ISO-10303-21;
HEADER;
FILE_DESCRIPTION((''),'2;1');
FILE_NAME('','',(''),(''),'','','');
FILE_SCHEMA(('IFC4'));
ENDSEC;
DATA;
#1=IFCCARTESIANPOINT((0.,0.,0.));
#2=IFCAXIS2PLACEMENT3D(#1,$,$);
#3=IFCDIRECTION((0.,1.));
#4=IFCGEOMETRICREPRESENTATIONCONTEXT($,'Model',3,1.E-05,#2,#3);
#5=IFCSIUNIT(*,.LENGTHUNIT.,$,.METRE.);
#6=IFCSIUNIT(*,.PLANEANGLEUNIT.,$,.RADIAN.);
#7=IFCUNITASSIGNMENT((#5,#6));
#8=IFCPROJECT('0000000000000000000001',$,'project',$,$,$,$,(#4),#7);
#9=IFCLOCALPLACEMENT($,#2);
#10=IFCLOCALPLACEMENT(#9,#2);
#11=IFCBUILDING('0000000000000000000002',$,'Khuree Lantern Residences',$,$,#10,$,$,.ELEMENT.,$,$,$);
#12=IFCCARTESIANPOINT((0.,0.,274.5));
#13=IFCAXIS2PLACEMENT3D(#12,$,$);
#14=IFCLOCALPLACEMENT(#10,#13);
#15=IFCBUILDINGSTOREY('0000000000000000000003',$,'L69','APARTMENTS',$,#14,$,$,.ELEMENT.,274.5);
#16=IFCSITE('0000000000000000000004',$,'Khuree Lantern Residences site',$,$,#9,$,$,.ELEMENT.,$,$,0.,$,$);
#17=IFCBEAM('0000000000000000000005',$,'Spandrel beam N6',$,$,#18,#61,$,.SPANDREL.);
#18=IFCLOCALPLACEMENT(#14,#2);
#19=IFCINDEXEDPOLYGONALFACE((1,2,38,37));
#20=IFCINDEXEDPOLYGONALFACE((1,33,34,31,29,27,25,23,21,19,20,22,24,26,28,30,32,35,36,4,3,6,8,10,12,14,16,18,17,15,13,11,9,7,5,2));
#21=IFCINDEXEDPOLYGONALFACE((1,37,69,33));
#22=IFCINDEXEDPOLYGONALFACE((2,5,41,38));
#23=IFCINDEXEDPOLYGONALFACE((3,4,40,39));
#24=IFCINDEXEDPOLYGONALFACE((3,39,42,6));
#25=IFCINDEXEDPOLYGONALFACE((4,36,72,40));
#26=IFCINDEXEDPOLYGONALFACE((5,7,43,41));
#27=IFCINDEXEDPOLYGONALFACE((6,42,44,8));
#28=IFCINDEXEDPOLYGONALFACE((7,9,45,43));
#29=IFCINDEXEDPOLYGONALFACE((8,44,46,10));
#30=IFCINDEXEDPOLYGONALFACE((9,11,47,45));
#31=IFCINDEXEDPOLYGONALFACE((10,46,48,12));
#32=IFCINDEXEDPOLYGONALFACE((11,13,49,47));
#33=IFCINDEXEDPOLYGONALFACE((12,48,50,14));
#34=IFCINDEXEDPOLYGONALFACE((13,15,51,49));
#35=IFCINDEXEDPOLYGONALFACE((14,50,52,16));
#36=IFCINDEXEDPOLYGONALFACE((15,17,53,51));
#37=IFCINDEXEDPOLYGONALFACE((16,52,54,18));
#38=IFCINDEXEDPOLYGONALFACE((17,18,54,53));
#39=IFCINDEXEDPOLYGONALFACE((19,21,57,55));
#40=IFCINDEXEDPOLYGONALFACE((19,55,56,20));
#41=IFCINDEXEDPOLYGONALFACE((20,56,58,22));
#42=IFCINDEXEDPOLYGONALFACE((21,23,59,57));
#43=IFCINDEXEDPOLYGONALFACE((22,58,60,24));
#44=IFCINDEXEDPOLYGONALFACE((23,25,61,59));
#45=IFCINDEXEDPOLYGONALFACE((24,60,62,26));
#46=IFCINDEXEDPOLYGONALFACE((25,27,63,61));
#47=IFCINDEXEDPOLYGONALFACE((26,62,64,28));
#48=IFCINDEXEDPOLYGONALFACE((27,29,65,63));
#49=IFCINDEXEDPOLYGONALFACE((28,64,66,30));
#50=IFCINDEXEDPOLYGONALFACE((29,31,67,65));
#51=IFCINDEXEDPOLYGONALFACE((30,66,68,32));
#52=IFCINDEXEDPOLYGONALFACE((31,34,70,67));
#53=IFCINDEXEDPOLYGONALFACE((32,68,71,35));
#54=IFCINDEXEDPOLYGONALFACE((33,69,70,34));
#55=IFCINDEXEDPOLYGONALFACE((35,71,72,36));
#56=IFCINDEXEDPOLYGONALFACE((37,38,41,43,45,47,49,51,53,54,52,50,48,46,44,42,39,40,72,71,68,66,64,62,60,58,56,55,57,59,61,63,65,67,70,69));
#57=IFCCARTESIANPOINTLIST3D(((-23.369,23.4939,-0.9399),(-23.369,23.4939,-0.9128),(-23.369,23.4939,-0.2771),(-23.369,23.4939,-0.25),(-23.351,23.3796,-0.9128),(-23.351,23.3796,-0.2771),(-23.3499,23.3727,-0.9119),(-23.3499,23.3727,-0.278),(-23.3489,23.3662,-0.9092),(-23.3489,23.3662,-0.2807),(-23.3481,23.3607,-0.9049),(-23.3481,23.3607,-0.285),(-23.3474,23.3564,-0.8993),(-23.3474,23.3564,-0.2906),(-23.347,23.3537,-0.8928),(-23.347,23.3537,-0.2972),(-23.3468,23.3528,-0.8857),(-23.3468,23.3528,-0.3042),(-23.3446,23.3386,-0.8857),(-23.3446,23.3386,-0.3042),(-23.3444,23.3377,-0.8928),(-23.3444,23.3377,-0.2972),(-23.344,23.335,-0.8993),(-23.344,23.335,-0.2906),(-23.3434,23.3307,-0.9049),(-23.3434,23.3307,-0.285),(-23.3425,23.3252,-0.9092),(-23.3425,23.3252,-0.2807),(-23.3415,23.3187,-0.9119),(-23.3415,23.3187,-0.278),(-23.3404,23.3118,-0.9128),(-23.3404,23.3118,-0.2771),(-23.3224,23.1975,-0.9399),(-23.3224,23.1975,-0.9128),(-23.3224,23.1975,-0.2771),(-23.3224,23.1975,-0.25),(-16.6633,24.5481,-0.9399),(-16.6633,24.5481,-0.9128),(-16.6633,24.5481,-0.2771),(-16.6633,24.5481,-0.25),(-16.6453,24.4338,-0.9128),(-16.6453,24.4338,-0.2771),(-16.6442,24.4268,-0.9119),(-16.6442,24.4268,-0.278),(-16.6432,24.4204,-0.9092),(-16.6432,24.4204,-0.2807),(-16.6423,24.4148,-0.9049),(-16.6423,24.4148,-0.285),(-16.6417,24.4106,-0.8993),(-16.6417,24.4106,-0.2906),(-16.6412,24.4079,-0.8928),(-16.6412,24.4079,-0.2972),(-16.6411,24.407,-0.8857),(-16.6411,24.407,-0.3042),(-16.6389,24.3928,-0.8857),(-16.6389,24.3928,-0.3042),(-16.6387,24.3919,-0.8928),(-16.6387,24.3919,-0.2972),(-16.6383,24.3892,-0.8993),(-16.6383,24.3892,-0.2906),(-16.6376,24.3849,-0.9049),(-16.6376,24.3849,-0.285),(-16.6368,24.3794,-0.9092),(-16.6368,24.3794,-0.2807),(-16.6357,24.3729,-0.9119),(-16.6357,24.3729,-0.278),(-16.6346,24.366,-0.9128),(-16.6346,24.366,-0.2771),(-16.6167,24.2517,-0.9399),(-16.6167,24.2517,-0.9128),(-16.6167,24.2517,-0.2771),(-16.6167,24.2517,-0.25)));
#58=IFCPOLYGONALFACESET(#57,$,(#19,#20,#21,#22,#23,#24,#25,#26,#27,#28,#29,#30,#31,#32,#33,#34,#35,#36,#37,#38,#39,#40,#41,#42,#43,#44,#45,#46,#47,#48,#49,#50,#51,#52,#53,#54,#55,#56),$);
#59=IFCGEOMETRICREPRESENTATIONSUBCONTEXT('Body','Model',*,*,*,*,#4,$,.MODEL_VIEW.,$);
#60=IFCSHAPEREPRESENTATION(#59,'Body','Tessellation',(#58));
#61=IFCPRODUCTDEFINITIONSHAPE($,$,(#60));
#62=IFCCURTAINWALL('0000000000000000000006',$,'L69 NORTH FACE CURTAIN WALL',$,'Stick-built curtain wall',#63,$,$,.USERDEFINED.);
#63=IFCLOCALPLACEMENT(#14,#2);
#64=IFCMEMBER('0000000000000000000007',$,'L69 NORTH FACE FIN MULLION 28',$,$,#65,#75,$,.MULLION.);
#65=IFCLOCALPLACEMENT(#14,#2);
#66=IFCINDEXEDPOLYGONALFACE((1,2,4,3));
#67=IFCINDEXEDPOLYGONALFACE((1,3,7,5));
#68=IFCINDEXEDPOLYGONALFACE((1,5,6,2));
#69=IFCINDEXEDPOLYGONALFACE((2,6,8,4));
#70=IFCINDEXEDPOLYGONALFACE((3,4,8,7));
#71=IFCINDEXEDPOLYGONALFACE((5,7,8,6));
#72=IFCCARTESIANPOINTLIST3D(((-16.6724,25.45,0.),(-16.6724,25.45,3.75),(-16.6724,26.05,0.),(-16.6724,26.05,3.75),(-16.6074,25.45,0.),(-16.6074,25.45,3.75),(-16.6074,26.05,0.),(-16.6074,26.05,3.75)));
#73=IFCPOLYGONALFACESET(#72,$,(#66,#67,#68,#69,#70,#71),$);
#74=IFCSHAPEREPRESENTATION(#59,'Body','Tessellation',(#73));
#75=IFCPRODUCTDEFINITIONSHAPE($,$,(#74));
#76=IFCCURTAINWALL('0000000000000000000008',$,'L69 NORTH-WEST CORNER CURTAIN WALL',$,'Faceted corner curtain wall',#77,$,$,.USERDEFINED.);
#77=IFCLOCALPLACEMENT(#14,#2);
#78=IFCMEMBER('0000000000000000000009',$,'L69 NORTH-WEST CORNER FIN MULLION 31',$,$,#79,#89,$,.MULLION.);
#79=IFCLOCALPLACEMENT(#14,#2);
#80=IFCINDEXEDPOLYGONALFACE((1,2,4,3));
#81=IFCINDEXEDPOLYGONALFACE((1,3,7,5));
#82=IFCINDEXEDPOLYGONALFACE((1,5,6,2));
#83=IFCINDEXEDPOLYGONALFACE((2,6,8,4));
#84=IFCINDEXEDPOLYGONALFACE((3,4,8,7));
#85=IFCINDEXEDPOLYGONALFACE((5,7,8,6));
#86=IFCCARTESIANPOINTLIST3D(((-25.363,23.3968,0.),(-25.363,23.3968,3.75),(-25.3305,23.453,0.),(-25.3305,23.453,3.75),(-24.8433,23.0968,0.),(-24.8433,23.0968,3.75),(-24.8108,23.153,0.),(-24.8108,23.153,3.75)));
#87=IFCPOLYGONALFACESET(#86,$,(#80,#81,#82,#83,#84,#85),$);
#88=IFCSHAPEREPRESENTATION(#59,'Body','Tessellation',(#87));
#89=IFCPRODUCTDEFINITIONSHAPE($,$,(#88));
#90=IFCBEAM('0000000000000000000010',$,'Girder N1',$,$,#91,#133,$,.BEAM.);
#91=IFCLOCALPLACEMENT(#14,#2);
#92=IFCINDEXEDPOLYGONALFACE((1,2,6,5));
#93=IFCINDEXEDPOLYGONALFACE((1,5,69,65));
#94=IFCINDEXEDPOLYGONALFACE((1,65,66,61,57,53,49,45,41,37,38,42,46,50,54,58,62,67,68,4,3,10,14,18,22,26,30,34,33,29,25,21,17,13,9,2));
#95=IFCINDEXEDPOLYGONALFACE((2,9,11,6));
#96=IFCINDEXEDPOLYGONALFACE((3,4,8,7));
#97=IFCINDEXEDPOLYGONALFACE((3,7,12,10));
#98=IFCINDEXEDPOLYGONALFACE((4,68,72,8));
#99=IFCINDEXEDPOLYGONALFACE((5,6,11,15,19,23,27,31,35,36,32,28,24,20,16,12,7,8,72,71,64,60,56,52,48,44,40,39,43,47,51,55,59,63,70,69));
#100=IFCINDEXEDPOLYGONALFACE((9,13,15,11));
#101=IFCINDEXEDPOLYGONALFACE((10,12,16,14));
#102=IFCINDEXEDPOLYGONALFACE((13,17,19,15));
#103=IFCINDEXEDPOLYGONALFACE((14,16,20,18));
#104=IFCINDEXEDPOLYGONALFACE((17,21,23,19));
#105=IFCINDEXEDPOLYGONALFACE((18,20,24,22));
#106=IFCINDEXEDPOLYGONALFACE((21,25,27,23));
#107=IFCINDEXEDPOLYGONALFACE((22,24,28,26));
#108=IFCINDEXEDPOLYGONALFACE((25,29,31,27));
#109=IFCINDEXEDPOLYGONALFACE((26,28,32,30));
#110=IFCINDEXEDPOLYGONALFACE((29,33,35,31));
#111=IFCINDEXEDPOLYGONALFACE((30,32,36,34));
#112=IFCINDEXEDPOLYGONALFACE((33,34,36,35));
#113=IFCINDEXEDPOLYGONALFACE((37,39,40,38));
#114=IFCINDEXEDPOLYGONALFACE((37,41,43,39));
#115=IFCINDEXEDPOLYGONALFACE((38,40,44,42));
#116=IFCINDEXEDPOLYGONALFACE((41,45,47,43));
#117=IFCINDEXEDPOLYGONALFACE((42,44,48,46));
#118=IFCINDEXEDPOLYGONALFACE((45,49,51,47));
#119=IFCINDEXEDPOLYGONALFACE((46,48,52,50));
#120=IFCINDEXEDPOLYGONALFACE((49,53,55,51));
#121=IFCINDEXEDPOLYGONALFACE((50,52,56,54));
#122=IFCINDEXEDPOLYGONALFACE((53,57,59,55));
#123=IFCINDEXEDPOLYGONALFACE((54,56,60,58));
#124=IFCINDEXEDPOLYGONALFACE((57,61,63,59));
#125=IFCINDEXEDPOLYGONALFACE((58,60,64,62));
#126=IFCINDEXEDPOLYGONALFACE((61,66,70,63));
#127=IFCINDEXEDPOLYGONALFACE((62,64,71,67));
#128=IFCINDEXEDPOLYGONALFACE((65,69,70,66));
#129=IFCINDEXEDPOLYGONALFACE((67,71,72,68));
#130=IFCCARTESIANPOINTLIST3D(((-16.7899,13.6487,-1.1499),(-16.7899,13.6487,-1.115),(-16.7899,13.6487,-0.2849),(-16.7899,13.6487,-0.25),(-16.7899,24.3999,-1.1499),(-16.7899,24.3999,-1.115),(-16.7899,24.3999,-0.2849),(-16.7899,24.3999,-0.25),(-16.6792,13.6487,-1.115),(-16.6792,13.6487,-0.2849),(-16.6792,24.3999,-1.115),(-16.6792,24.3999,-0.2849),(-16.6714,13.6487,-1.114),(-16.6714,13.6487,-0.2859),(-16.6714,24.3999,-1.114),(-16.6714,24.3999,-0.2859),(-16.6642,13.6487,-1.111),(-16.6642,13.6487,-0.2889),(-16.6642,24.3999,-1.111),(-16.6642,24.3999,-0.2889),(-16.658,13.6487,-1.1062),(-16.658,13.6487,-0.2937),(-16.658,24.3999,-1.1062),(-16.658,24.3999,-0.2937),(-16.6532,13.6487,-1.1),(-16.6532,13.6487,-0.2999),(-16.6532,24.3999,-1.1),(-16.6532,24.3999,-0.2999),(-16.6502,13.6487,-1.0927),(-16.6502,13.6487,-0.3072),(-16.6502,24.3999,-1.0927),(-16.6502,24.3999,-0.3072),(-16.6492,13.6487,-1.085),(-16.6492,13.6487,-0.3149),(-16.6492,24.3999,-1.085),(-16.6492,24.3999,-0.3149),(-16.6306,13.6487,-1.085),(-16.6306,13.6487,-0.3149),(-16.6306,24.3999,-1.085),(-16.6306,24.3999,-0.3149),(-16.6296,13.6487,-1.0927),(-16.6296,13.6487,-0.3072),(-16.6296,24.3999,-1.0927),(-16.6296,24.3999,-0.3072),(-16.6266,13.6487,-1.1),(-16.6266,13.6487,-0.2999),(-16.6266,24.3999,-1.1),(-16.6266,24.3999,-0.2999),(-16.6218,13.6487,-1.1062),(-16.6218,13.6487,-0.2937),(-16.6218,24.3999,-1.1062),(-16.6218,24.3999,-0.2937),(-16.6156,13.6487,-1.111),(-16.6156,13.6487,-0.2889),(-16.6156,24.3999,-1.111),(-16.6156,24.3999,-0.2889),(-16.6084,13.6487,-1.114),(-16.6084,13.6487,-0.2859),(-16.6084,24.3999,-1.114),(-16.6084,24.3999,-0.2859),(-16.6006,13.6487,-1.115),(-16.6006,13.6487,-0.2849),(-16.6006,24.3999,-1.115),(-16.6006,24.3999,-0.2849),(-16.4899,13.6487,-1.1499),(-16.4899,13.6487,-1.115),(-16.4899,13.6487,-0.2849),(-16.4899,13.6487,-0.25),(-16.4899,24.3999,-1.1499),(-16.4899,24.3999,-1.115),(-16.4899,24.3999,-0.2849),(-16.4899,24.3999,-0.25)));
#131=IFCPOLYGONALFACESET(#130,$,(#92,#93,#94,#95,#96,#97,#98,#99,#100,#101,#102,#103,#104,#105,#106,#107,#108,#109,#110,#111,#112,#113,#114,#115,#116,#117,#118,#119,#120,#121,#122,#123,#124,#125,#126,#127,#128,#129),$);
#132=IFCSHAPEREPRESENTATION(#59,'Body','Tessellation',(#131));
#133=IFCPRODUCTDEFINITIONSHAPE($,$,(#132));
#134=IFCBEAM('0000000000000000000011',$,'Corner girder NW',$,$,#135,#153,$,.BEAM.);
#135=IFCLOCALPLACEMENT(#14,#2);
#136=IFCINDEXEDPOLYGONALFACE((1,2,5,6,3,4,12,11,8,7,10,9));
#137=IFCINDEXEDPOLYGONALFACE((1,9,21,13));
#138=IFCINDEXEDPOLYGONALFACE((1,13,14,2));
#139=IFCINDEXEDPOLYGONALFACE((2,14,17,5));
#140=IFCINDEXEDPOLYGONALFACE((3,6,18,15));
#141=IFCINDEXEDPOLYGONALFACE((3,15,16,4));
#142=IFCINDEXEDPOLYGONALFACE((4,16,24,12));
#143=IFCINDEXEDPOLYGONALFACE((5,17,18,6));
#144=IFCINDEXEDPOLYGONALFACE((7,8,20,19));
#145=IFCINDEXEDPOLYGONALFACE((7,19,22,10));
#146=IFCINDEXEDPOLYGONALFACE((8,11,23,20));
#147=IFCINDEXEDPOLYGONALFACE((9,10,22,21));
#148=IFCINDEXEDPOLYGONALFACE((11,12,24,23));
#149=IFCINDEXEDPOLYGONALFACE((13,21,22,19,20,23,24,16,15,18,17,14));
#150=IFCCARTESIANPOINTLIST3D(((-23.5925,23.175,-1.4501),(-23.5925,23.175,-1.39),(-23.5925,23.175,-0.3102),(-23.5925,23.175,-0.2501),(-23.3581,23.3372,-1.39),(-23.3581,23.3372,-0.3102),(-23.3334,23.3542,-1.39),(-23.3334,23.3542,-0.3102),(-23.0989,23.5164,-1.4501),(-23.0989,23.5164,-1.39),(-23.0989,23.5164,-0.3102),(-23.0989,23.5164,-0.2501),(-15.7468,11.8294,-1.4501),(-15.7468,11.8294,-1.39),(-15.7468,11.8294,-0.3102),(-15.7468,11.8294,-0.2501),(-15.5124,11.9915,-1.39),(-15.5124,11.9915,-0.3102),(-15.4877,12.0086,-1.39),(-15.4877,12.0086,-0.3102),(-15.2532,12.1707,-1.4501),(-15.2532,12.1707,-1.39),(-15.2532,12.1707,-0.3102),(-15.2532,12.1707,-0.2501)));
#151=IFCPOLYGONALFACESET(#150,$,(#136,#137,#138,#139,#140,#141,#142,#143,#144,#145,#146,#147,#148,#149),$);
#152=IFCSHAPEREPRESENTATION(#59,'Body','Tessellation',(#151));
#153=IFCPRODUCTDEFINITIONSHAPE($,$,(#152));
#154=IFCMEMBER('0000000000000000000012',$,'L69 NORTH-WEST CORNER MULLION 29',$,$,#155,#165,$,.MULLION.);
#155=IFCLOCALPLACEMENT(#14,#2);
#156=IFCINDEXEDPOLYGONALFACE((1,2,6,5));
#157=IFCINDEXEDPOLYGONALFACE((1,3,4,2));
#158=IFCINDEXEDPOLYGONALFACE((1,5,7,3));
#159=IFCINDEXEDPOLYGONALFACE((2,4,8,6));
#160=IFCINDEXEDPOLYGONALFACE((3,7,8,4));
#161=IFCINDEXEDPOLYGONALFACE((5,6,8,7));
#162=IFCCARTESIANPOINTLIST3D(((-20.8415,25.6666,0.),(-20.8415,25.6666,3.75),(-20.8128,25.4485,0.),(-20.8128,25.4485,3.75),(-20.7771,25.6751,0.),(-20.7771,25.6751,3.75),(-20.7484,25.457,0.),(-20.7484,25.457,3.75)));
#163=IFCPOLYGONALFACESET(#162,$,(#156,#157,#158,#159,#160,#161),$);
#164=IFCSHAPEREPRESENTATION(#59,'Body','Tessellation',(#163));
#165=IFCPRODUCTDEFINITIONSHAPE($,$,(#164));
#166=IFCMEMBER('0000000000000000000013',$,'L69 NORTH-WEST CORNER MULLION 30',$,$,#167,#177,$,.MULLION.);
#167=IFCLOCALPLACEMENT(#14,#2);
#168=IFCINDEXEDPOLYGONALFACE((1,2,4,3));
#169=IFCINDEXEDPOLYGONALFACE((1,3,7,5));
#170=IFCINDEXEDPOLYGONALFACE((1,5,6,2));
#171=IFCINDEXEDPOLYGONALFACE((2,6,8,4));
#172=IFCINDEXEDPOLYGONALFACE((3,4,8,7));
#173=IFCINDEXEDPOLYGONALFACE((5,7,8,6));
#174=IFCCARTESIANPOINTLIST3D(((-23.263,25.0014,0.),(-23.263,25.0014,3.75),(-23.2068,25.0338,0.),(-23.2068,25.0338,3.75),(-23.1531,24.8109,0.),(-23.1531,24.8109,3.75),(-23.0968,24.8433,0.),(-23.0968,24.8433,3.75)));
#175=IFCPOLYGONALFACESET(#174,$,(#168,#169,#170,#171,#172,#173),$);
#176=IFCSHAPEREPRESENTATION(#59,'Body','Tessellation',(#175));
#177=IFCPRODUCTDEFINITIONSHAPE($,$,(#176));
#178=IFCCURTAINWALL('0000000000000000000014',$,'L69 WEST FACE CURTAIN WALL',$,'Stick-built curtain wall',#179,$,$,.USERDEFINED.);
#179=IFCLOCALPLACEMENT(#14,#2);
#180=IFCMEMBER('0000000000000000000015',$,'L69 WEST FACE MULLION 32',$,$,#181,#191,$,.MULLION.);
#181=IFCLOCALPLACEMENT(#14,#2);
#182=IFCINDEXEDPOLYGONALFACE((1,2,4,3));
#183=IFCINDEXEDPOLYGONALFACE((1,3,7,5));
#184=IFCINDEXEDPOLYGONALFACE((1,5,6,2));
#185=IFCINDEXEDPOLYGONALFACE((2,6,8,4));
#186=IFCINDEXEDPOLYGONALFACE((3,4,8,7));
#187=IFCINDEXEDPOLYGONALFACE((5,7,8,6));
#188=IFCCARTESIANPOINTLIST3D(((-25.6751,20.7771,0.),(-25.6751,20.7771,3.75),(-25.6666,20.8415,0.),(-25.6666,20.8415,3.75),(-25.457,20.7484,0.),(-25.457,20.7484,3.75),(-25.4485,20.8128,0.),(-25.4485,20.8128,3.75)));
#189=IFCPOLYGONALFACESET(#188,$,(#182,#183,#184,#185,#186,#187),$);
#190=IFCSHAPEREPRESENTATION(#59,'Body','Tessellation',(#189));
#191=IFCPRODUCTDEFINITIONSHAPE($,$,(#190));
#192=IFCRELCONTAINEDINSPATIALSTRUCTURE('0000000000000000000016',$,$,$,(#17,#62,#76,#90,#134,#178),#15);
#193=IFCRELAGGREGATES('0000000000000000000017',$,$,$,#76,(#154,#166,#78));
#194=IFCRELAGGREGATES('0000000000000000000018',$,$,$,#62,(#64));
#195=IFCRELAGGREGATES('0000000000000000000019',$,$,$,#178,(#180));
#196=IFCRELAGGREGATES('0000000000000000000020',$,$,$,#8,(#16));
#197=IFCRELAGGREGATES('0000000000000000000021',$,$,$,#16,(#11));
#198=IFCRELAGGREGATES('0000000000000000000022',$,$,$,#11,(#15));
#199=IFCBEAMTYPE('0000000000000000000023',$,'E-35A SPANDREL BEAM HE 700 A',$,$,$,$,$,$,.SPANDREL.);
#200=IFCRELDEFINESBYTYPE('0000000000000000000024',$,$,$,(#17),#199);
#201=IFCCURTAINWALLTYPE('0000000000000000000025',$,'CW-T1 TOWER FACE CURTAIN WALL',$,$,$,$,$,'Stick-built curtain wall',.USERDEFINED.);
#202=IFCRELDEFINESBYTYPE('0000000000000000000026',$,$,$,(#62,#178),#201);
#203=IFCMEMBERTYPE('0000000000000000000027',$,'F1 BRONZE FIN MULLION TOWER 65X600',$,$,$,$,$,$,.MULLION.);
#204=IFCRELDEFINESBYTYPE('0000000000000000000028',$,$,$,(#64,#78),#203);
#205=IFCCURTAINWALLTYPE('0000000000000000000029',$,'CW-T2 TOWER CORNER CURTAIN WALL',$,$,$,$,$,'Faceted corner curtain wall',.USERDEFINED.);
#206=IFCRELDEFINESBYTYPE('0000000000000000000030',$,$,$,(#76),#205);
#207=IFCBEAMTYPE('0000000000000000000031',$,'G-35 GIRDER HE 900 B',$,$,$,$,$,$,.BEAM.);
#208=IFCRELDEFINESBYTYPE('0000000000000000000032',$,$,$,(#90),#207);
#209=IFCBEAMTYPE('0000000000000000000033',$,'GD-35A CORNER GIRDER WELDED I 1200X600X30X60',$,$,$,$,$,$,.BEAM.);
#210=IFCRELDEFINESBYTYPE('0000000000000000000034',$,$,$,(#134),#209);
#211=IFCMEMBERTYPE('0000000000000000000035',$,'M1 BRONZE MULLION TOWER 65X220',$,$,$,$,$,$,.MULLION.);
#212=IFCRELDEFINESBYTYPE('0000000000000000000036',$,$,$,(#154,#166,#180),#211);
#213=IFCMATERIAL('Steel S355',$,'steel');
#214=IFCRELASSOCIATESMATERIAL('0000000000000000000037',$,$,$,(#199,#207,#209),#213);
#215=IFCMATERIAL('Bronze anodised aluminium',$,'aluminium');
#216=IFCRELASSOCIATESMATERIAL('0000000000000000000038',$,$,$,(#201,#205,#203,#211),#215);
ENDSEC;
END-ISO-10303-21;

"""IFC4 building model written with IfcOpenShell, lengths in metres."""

from ifc_helpers import new_model, si_unit, direction, frame, origin, origin_2d, place, context, subcontext, project, spatial, rectangle, i_section, extrude, material, material_profile, profile_set, type_object, element, aggregate, save


model = new_model("IFC4")

# Units and contexts
model_context = context("Model", 3, precision=1e-05, world=origin(), true_north=direction((0.0, 1.0)))
body_context = subcontext(model_context, "Body", "Model", "MODEL_VIEW")
ifc_project = project(units=[si_unit("LENGTHUNIT", "METRE"), si_unit("PLANEANGLEUNIT", "RADIAN")], contexts=[model_context])

# Site, building, storey
site_placement = place(None, origin())
site = spatial("IfcSite", under=ifc_project, at=site_placement, Name="Khuree Lantern Residences site", CompositionType="ELEMENT", RefElevation=0.0)
building_placement = place(site_placement, origin())
building = spatial("IfcBuilding", under=site, at=building_placement, Name="Khuree Lantern Residences", CompositionType="ELEMENT")
storey_placement = place(building_placement, frame((0.0, 0.0, 274.5)))
storey = spatial("IfcBuildingStorey", under=building, at=storey_placement, Name="L69", Description="APARTMENTS", CompositionType="ELEMENT", Elevation=274.5)

# Beam
ifc_material_1 = material(Name="Steel S355", Category="steel")
ifc_material_profile_1 = material_profile(ifc_material_1, i_section(OverallWidth=0.3, OverallDepth=0.6899, WebThickness=0.0144, FlangeThickness=0.0271, FilletRadius=0.0271, at=origin_2d()), Name="HE 700 A")
ifc_profile_set_1 = profile_set([ifc_material_profile_1], Name="Steel S355")
beam_type_1 = type_object("IfcBeamType", Name="E-35A SPANDREL BEAM HE 700 A", PredefinedType="SPANDREL", material=ifc_profile_set_1)
beam_1_placement = place(storey_placement, frame((-23.3457, 23.3457, -0.595), z_axis=(0.987867, 0.1553, 0.0), x_axis=(-0.1553, 0.987867, 0.0)))
element("IfcBeam", 1, at=beam_1_placement, inside=storey, type_object=beam_type_1, Name="Spandrel beam N6", PredefinedType="SPANDREL", context=body_context, shape_type="SweptSolid", body=[
    extrude(i_section(OverallWidth=0.3, OverallDepth=0.6899, WebThickness=0.0144, FlangeThickness=0.0271, FilletRadius=0.0271, at=origin_2d()), origin(), (0.0, 0.0, 1.0), 6.7881),
])

# Curtain walls, members
ifc_material_2 = material(Name="Bronze anodised aluminium", Category="aluminium")
curtain_wall_type_1 = type_object("IfcCurtainWallType", Name="CW-T1 TOWER FACE CURTAIN WALL", ElementType="Stick-built curtain wall", PredefinedType="USERDEFINED", material=ifc_material_2)
curtain_wall_1_placement = place(storey_placement, origin())
curtain_wall_1 = element("IfcCurtainWall", 2, at=curtain_wall_1_placement, inside=storey, type_object=curtain_wall_type_1, Name="L69 NORTH FACE CURTAIN WALL", ObjectType="Stick-built curtain wall", PredefinedType="USERDEFINED")
ifc_material_profile_2 = material_profile(ifc_material_2, rectangle(XDim=0.0649, YDim=0.6001, at=origin_2d()), Name="F1 65X600")
ifc_profile_set_2 = profile_set([ifc_material_profile_2], Name="Bronze anodised aluminium")
member_type_1 = type_object("IfcMemberType", Name="F1 BRONZE FIN MULLION TOWER 65X600", PredefinedType="MULLION", material=ifc_profile_set_2)
member_1_placement = place(storey_placement, frame((-16.6399, 25.75, 0.0), z_axis=(0.0, 0.0, 1.0), x_axis=(-1.0, 0.0, 0.0)))
member_1 = element("IfcMember", 3, at=member_1_placement, type_object=member_type_1, Name="L69 NORTH FACE FIN MULLION 28", PredefinedType="MULLION", context=body_context, shape_type="SweptSolid", body=[
    extrude(rectangle(XDim=0.0649, YDim=0.6001, at=origin_2d()), origin(), (0.0, 0.0, 1.0), 3.75),
])
curtain_wall_type_2 = type_object("IfcCurtainWallType", Name="CW-T2 TOWER CORNER CURTAIN WALL", ElementType="Faceted corner curtain wall", PredefinedType="USERDEFINED", material=ifc_material_2)
curtain_wall_2_placement = place(storey_placement, origin())
curtain_wall_2 = element("IfcCurtainWall", 4, at=curtain_wall_2_placement, inside=storey, type_object=curtain_wall_type_2, Name="L69 NORTH-WEST CORNER CURTAIN WALL", ObjectType="Faceted corner curtain wall", PredefinedType="USERDEFINED")
member_2_placement = place(storey_placement, frame((-25.0869, 23.2749, 0.0), z_axis=(0.0, 0.0, 1.0), x_axis=(-0.5, -0.866025, 0.0)))
member_2 = element("IfcMember", 5, at=member_2_placement, type_object=member_type_1, Name="L69 NORTH-WEST CORNER FIN MULLION 31", PredefinedType="MULLION", context=body_context, shape_type="SweptSolid", body=[
    extrude(rectangle(XDim=0.0649, YDim=0.6001, at=origin_2d()), origin(), (0.0, 0.0, 1.0), 3.75),
])

# Beams
ifc_material_profile_3 = material_profile(ifc_material_1, i_section(OverallWidth=0.3, OverallDepth=0.8999, WebThickness=0.0186, FlangeThickness=0.0349, FilletRadius=0.03, at=origin_2d()), Name="HE 900 B")
ifc_profile_set_3 = profile_set([ifc_material_profile_3], Name="Steel S355")
beam_type_2 = type_object("IfcBeamType", Name="G-35 GIRDER HE 900 B", PredefinedType="BEAM", material=ifc_profile_set_3)
beam_2_placement = place(storey_placement, frame((-16.6399, 24.3999, -0.7), z_axis=(0.0, -1.0, 0.0), x_axis=(1.0, 0.0, 0.0)))
element("IfcBeam", 6, at=beam_2_placement, inside=storey, type_object=beam_type_2, Name="Girder N1", PredefinedType="BEAM", context=body_context, shape_type="SweptSolid", body=[
    extrude(i_section(OverallWidth=0.3, OverallDepth=0.8999, WebThickness=0.0186, FlangeThickness=0.0349, FilletRadius=0.03, at=origin_2d()), origin(), (0.0, 0.0, 1.0), 10.7512),
])
ifc_material_profile_4 = material_profile(ifc_material_1, i_section(OverallWidth=0.6001, OverallDepth=1.2, WebThickness=0.03, FlangeThickness=0.0601, at=origin_2d()), Name="WELDED I 1200X600X30X60")
ifc_profile_set_4 = profile_set([ifc_material_profile_4], Name="Steel S355")
beam_type_3 = type_object("IfcBeamType", Name="GD-35A CORNER GIRDER WELDED I 1200X600X30X60", PredefinedType="BEAM", material=ifc_profile_set_4)
beam_3_placement = place(storey_placement, frame((-23.3457, 23.3457, -0.8501), z_axis=(0.568768, -0.822498, 0.0), x_axis=(0.822498, 0.568768, 0.0)))
element("IfcBeam", 7, at=beam_3_placement, inside=storey, type_object=beam_type_3, Name="Corner girder NW", PredefinedType="BEAM", context=body_context, shape_type="SweptSolid", body=[
    extrude(i_section(OverallWidth=0.6001, OverallDepth=1.2, WebThickness=0.03, FlangeThickness=0.0601, at=origin_2d()), origin(), (0.0, 0.0, 1.0), 13.7942),
])

# Members
ifc_material_profile_5 = material_profile(ifc_material_2, rectangle(XDim=0.0649, YDim=0.22, at=origin_2d()), Name="M1 65X220")
ifc_profile_set_5 = profile_set([ifc_material_profile_5], Name="Bronze anodised aluminium")
member_type_2 = type_object("IfcMemberType", Name="M1 BRONZE MULLION TOWER 65X220", PredefinedType="MULLION", material=ifc_profile_set_5)
member_3_placement = place(storey_placement, frame((-20.7949, 25.5618, 0.0), z_axis=(0.0, 0.0, 1.0), x_axis=(-0.991445, -0.130526, 0.0)))
member_3 = element("IfcMember", 8, at=member_3_placement, type_object=member_type_2, Name="L69 NORTH-WEST CORNER MULLION 29", PredefinedType="MULLION", context=body_context, shape_type="SweptSolid", body=[
    extrude(rectangle(XDim=0.0649, YDim=0.22, at=origin_2d()), origin(), (0.0, 0.0, 1.0), 3.75),
])
member_4_placement = place(storey_placement, frame((-23.1799, 24.9224, 0.0), z_axis=(0.0, 0.0, 1.0), x_axis=(-0.866025, -0.5, 0.0)))
member_4 = element("IfcMember", 9, at=member_4_placement, type_object=member_type_2, Name="L69 NORTH-WEST CORNER MULLION 30", PredefinedType="MULLION", context=body_context, shape_type="SweptSolid", body=[
    extrude(rectangle(XDim=0.0649, YDim=0.22, at=origin_2d()), origin(), (0.0, 0.0, 1.0), 3.75),
])

# Curtain wall, member
curtain_wall_3_placement = place(storey_placement, origin())
curtain_wall_3 = element("IfcCurtainWall", 10, at=curtain_wall_3_placement, inside=storey, type_object=curtain_wall_type_1, Name="L69 WEST FACE CURTAIN WALL", ObjectType="Stick-built curtain wall", PredefinedType="USERDEFINED")
member_5_placement = place(storey_placement, frame((-25.5618, 20.7949, 0.0), z_axis=(0.0, 0.0, 1.0), x_axis=(-0.130526, -0.991445, 0.0)))
member_5 = element("IfcMember", 11, at=member_5_placement, type_object=member_type_2, Name="L69 WEST FACE MULLION 32", PredefinedType="MULLION", context=body_context, shape_type="SweptSolid", body=[
    extrude(rectangle(XDim=0.0649, YDim=0.22, at=origin_2d()), origin(), (0.0, 0.0, 1.0), 3.75),
])

aggregate(curtain_wall_2, [member_3, member_4, member_2])
aggregate(curtain_wall_1, [member_1])
aggregate(curtain_wall_3, [member_5])

save(model, "model.ifc")
